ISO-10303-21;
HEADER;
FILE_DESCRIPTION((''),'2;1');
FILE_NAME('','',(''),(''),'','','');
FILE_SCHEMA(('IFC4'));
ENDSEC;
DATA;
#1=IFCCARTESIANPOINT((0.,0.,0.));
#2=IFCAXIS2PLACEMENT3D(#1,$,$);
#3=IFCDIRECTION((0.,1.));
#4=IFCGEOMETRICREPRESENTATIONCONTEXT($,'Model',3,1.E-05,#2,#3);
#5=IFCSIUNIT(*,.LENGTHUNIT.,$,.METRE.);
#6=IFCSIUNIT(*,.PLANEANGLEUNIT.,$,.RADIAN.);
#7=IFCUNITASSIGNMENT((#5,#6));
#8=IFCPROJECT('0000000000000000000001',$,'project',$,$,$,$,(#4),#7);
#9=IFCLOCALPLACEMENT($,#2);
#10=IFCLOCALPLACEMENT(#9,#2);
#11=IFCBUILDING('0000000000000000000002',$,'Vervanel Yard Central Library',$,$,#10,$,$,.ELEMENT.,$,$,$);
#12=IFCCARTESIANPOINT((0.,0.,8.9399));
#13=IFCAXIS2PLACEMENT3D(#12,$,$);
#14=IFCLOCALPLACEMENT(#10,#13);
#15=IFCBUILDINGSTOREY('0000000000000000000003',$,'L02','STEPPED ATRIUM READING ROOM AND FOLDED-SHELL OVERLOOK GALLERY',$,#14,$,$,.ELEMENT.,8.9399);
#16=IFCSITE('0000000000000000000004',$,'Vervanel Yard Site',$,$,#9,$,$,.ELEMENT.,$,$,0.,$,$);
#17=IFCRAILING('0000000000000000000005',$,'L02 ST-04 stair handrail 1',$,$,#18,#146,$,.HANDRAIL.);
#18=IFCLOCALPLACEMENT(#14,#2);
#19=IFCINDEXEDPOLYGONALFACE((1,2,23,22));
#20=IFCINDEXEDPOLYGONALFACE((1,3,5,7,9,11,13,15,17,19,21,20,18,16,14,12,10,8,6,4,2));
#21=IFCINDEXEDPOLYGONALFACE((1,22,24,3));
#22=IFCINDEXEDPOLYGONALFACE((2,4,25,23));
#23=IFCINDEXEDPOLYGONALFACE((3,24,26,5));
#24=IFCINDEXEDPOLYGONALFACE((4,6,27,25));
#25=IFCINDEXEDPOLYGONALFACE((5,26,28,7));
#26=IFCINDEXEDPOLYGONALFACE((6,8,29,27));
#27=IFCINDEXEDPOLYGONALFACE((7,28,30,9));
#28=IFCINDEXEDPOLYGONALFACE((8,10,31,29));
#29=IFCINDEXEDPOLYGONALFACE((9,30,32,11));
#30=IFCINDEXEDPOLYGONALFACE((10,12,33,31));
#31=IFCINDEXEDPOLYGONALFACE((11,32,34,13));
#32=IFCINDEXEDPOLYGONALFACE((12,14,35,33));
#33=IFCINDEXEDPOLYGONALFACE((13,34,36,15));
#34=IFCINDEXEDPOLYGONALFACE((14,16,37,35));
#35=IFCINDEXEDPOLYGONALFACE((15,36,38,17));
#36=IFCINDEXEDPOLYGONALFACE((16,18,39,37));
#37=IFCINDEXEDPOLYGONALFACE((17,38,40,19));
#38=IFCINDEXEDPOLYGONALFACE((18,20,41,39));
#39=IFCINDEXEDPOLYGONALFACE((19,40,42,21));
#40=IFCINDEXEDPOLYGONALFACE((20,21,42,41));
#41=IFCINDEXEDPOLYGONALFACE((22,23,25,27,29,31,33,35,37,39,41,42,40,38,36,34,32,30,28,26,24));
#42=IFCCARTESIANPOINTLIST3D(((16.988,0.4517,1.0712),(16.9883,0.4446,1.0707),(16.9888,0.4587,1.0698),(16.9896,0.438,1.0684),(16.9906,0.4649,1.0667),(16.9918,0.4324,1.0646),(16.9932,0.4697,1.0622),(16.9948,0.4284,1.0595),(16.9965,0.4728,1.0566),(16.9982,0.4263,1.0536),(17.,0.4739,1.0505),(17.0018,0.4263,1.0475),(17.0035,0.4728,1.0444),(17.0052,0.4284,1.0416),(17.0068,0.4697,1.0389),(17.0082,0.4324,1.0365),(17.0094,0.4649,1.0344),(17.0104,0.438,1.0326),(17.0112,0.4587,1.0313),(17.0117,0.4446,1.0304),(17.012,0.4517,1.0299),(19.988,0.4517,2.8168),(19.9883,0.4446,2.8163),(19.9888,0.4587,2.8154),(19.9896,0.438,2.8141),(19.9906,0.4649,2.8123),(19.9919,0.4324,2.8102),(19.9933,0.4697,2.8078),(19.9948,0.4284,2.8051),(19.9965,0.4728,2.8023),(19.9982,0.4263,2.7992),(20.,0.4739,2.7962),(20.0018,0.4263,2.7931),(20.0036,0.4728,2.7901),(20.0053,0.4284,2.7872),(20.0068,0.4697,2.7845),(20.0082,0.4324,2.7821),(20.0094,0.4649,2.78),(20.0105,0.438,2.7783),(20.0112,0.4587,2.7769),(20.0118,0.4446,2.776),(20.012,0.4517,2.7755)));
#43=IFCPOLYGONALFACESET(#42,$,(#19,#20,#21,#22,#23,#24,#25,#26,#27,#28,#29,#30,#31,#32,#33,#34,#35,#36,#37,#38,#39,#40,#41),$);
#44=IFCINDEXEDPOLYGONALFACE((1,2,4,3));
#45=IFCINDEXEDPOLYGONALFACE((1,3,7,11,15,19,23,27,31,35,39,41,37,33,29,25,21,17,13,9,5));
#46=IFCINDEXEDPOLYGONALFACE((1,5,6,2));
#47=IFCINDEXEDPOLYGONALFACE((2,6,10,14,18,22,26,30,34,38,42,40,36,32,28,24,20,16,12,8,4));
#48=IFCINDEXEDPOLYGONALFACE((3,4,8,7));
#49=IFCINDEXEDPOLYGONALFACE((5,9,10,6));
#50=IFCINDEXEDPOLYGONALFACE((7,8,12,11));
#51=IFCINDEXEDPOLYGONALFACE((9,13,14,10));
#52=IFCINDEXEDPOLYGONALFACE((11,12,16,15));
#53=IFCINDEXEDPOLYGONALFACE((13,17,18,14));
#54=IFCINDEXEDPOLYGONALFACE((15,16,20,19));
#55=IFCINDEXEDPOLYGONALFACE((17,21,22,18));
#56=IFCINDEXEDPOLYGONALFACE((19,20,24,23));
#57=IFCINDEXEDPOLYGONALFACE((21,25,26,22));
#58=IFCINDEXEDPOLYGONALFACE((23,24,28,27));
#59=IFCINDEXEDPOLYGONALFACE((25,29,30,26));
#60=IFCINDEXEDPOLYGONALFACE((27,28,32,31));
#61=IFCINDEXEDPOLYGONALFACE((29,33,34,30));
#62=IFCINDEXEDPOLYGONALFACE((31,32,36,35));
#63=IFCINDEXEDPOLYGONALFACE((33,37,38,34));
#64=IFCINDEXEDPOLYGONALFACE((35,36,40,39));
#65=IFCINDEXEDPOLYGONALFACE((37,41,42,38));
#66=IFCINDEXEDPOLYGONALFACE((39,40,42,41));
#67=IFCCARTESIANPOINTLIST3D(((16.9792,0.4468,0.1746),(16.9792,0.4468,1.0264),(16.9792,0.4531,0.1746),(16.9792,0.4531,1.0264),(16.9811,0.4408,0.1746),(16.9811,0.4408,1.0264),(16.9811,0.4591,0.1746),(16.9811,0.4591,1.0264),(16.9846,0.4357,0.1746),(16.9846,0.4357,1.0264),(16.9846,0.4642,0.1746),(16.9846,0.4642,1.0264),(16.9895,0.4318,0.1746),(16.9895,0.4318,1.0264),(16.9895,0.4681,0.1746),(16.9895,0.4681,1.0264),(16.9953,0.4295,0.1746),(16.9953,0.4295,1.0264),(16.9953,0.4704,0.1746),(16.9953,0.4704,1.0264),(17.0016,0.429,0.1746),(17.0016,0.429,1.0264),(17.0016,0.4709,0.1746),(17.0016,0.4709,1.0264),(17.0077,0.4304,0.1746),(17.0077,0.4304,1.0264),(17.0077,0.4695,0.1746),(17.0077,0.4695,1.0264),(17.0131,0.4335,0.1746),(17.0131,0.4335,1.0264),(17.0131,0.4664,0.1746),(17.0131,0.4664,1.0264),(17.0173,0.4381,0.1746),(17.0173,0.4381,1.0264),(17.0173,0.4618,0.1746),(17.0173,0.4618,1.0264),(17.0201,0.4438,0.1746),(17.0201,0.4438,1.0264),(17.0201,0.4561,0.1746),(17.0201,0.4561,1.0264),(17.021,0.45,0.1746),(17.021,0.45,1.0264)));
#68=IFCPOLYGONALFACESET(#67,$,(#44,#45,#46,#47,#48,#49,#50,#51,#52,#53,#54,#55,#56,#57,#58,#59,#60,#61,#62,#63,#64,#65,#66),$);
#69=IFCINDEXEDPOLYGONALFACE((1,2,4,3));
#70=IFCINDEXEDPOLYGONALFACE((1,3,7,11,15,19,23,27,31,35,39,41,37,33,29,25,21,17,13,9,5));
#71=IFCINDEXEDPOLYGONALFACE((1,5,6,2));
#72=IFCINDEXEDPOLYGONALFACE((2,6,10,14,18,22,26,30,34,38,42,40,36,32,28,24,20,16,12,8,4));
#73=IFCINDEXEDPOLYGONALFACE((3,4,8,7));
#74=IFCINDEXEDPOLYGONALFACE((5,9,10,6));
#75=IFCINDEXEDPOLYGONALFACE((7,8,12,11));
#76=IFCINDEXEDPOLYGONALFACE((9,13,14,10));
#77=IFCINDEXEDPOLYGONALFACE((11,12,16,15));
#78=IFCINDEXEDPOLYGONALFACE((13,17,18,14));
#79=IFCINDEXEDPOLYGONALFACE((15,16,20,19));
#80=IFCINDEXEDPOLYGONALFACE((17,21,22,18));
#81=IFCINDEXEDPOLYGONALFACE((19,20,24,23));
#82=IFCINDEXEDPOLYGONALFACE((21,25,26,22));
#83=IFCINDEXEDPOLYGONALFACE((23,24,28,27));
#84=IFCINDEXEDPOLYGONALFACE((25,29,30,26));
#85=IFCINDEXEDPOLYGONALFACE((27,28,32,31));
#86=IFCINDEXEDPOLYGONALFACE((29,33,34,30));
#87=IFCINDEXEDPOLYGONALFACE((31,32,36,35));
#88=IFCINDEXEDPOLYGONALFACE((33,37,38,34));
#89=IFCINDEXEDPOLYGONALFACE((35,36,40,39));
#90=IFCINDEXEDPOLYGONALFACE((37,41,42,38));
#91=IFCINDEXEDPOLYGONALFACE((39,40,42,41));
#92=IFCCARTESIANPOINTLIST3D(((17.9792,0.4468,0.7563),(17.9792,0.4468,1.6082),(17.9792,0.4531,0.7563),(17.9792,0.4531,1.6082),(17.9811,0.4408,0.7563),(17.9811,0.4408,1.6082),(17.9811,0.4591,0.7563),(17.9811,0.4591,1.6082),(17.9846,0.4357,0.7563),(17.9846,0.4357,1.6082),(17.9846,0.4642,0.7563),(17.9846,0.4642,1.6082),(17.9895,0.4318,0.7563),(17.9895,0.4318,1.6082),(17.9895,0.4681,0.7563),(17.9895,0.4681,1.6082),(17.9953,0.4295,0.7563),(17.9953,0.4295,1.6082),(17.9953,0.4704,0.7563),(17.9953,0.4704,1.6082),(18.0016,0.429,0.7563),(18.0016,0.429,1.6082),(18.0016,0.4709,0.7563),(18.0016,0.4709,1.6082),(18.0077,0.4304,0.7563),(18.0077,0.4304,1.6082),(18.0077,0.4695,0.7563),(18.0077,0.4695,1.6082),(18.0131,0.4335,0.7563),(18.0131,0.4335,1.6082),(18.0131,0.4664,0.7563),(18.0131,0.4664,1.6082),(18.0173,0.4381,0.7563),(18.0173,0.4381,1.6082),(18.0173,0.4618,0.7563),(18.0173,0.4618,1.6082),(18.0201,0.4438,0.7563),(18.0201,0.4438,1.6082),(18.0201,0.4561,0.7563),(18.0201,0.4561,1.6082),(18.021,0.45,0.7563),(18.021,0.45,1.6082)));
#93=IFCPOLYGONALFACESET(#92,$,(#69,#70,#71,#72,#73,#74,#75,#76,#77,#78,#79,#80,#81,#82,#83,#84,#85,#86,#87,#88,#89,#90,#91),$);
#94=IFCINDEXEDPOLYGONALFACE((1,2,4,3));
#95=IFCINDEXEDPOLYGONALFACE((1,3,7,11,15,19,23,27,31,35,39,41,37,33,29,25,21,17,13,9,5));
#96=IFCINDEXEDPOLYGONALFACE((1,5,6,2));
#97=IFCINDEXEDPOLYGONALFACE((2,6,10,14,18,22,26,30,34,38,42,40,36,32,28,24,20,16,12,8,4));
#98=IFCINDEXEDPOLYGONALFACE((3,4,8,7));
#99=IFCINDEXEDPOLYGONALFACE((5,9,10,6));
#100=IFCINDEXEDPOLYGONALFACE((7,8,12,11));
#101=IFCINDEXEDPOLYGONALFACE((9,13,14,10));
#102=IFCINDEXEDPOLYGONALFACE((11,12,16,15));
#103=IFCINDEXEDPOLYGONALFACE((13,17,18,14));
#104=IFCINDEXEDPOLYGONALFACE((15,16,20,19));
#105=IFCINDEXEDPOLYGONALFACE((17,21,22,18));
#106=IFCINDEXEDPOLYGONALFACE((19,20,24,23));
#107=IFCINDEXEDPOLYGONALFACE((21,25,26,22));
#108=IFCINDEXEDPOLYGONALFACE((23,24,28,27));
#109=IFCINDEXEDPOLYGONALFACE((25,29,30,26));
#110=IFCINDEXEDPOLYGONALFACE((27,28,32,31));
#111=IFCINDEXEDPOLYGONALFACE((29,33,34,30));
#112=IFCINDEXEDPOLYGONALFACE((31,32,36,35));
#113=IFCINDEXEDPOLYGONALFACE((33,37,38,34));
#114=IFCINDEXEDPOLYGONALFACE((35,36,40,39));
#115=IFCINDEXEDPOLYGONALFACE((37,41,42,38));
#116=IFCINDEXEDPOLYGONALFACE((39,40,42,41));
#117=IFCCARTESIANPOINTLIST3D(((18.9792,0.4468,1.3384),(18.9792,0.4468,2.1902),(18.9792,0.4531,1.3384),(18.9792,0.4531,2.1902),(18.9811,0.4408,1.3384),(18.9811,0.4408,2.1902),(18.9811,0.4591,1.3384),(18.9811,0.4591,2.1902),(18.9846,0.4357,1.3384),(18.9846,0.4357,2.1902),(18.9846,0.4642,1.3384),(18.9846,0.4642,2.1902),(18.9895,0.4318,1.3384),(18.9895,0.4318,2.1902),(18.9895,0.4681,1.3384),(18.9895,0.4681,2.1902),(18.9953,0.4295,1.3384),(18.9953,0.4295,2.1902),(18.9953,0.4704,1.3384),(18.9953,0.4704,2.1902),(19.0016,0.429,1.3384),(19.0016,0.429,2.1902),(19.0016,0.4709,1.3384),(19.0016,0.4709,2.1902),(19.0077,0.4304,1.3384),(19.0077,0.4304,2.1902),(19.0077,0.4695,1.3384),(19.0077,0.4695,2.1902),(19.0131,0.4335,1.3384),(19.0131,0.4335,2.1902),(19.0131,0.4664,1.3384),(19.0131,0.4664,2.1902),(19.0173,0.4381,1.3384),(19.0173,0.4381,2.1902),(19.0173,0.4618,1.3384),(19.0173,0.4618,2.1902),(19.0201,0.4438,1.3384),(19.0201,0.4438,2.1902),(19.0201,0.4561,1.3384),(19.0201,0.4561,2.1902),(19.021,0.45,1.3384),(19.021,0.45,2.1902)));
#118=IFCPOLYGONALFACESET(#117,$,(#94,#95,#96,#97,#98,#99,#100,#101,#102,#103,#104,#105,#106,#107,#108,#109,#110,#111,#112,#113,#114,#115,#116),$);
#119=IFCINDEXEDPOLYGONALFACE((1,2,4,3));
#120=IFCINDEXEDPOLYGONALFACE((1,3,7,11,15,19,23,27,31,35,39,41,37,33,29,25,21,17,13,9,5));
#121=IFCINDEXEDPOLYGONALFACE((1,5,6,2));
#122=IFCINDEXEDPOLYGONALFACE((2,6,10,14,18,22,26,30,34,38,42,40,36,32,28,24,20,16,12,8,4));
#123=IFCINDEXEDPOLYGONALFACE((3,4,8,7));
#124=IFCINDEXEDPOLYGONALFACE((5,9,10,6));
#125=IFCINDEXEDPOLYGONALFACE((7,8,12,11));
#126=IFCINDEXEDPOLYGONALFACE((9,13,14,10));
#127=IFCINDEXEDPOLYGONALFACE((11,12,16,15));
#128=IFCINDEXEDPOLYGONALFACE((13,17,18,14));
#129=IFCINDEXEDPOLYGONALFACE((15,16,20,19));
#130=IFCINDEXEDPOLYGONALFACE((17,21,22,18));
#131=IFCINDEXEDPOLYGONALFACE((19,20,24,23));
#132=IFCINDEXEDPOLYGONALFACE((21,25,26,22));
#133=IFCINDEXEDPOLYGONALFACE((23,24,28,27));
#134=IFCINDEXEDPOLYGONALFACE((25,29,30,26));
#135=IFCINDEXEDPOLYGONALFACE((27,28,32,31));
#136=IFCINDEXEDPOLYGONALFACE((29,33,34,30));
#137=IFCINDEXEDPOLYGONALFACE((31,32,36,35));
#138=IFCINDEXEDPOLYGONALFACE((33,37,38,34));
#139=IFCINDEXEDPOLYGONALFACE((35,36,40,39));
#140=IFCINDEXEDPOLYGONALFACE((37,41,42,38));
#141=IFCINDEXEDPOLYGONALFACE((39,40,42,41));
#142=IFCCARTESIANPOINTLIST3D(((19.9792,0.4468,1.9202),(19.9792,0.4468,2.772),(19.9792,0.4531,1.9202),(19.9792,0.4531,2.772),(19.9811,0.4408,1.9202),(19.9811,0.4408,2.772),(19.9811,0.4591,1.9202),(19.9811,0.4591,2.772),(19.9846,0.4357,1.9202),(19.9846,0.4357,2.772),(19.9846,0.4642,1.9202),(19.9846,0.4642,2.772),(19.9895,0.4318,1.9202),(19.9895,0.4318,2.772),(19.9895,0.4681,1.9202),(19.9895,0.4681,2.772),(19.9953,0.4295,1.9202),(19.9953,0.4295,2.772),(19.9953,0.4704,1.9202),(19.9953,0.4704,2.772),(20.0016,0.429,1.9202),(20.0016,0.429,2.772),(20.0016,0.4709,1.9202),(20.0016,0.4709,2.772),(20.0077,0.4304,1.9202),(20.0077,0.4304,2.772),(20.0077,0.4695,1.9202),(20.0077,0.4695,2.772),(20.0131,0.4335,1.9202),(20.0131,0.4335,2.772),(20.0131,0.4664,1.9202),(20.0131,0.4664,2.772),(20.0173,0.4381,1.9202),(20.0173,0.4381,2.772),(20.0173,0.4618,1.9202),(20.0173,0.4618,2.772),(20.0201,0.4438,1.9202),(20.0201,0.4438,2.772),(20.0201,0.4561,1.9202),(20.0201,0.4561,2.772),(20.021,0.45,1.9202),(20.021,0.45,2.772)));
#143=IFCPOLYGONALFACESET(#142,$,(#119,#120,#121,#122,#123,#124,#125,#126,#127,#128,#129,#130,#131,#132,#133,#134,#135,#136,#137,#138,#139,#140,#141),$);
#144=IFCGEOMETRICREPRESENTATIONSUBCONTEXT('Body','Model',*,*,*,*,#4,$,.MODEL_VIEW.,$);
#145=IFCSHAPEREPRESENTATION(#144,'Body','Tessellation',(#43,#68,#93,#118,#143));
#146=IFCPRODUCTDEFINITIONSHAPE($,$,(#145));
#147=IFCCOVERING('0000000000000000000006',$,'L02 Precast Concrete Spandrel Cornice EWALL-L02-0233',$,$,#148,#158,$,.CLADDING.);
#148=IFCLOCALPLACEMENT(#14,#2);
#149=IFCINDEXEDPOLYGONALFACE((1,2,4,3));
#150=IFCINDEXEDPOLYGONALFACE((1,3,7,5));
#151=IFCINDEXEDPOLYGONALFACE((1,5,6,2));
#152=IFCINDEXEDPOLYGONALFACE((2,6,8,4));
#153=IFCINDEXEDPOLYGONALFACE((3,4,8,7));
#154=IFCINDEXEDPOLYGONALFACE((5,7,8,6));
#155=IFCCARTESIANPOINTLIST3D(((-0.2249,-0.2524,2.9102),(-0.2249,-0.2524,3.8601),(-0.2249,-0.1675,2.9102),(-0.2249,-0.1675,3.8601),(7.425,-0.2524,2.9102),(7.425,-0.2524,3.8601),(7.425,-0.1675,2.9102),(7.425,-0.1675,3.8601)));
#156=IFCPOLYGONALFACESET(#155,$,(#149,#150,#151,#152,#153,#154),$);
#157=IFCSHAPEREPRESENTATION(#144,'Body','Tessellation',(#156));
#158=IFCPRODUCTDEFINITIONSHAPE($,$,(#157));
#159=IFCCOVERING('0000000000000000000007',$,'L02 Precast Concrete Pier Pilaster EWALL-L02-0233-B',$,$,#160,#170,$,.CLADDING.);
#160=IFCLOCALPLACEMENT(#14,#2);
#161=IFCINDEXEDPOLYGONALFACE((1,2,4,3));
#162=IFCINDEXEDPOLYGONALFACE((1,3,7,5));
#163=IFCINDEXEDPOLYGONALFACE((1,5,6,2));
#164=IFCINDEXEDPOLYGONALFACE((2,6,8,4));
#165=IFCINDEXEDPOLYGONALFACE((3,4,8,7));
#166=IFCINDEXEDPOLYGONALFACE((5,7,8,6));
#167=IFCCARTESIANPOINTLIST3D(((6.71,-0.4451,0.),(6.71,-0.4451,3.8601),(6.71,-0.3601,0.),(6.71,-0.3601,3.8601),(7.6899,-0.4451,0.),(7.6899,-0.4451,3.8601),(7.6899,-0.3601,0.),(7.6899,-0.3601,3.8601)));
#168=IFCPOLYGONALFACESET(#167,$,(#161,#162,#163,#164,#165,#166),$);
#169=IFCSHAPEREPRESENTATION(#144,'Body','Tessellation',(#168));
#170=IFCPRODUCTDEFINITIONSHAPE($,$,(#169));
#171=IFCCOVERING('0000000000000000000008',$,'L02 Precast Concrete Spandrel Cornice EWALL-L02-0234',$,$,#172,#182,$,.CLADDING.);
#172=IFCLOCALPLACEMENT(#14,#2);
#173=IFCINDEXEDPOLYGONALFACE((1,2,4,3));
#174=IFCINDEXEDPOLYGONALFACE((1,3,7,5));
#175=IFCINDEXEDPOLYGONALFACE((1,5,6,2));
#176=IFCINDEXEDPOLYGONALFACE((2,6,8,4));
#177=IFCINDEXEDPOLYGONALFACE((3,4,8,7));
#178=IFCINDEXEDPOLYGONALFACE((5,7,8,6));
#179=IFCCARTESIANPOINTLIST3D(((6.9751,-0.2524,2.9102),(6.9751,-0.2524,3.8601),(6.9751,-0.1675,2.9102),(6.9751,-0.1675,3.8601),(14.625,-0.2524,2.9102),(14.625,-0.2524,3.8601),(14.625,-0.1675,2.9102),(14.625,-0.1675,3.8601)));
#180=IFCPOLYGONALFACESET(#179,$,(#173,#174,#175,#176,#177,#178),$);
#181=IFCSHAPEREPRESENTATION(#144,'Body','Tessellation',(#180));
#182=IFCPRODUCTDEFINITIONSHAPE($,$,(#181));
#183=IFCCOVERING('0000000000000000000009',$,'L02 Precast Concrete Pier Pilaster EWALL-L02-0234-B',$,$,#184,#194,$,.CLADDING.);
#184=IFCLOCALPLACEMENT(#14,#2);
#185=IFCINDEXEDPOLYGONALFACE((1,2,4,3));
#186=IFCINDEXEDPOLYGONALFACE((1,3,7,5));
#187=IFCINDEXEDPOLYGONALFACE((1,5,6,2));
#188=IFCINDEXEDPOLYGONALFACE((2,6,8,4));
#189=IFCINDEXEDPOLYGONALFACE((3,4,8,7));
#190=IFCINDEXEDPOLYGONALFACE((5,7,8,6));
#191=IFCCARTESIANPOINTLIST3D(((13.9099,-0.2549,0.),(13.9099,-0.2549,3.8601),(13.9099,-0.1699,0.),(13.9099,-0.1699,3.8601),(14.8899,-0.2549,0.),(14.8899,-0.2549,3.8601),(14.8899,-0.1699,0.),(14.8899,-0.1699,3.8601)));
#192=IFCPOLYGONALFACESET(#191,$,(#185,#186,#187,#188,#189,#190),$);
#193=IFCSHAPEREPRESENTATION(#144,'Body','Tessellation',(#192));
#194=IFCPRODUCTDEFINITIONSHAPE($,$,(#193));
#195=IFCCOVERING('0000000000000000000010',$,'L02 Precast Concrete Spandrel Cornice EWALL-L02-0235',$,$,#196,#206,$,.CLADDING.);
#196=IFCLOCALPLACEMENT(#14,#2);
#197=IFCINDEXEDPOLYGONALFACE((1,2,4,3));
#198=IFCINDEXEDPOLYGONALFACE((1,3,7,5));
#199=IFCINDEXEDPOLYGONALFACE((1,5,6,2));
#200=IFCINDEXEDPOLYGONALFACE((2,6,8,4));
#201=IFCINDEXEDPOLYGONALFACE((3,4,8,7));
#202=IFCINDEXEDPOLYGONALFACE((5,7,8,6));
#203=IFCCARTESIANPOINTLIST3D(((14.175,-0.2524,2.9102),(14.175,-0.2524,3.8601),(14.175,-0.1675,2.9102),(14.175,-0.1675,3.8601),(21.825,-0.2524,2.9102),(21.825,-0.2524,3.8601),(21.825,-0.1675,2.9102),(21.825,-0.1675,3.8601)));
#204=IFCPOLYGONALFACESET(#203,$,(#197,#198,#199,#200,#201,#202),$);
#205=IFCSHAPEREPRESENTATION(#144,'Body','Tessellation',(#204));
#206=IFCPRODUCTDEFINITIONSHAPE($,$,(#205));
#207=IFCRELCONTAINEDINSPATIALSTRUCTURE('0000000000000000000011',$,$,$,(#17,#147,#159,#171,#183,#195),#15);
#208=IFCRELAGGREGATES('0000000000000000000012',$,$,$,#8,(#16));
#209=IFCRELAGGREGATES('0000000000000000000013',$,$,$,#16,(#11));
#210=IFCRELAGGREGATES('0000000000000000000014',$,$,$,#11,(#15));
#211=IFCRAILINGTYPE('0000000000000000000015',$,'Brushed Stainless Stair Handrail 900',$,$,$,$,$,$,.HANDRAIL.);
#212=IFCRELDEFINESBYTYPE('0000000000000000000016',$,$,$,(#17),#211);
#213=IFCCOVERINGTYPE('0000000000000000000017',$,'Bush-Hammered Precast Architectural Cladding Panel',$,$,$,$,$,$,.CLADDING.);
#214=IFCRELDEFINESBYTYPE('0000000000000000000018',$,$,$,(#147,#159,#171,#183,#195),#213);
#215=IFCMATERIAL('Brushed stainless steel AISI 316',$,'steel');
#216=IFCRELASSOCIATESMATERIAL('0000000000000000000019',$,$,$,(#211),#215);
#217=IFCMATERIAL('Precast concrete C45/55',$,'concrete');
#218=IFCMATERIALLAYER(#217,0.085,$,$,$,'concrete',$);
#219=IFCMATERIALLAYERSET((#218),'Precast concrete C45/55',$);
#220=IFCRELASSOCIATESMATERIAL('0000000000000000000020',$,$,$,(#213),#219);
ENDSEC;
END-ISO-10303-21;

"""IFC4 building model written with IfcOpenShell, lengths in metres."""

from ifc_helpers import new_model, si_unit, direction, frame, origin, origin_2d, place, context, subcontext, project, spatial, rectangle, circle, extrude, material, layer, layer_set, type_object, element, save


model = new_model("IFC4")

# Units and contexts
model_context = context("Model", 3, precision=1e-05, world=origin(), true_north=direction((0.0, 1.0)))
body_context = subcontext(model_context, "Body", "Model", "MODEL_VIEW")
ifc_project = project(units=[si_unit("LENGTHUNIT", "METRE"), si_unit("PLANEANGLEUNIT", "RADIAN")], contexts=[model_context])

# Site, building, storey
site_placement = place(None, origin())
site = spatial("IfcSite", under=ifc_project, at=site_placement, Name="Vervanel Yard Site", CompositionType="ELEMENT", RefElevation=0.0)
building_placement = place(site_placement, origin())
building = spatial("IfcBuilding", under=site, at=building_placement, Name="Vervanel Yard Central Library", CompositionType="ELEMENT")
storey_placement = place(building_placement, frame((0.0, 0.0, 8.9399)))
storey = spatial("IfcBuildingStorey", under=building, at=storey_placement, Name="L02", Description="STEPPED ATRIUM READING ROOM AND FOLDED-SHELL OVERLOOK GALLERY", CompositionType="ELEMENT", Elevation=8.9399)

# Railing
ifc_material_1 = material(Name="Brushed stainless steel AISI 316", Category="steel")
railing_type_1 = type_object("IfcRailingType", Name="Brushed Stainless Stair Handrail 900", PredefinedType="HANDRAIL", material=ifc_material_1)
railing_1_placement = place(storey_placement, frame((17.0, 0.45, 0.1746)))
element("IfcRailing", 1, at=railing_1_placement, inside=storey, type_object=railing_type_1, Name="L02 ST-04 stair handrail 1", PredefinedType="HANDRAIL", context=body_context, shape_type="SweptSolid", body=[
    extrude(circle(Radius=0.0239, at=origin_2d()), frame((0.0, 0.0, 0.876), z_axis=(0.864329, 0.0, 0.502926), x_axis=(0.0, 1.0, 0.0)), (0.0, 0.0, 1.0), 3.4709),
    extrude(circle(Radius=0.021, at=origin_2d()), origin(), (0.0, 0.0, 1.0), 0.8518),
    extrude(circle(Radius=0.021, at=origin_2d()), frame((1.0, 0.0, 0.5818)), (0.0, 0.0, 1.0), 0.8518),
    extrude(circle(Radius=0.021, at=origin_2d()), frame((2.0, 0.0, 1.1638)), (0.0, 0.0, 1.0), 0.8518),
    extrude(circle(Radius=0.021, at=origin_2d()), frame((3.0, 0.0, 1.7456)), (0.0, 0.0, 1.0), 0.8518),
])

# Coverings
ifc_material_2 = material(Name="Precast concrete C45/55", Category="concrete")
ifc_layer_1 = layer(ifc_material_2, 0.085, Category="concrete")
ifc_layer_set_1 = layer_set([ifc_layer_1], Name="Precast concrete C45/55")
covering_type_1 = type_object("IfcCoveringType", Name="Bush-Hammered Precast Architectural Cladding Panel", PredefinedType="CLADDING", material=ifc_layer_set_1)
covering_1_placement = place(storey_placement, frame((3.6001, -0.21, 2.9102), z_axis=(0.0, 0.0, 1.0), x_axis=(1.0, 0.0, 0.0)))
element("IfcCovering", 2, at=covering_1_placement, inside=storey, type_object=covering_type_1, Name="L02 Precast Concrete Spandrel Cornice EWALL-L02-0233", PredefinedType="CLADDING", context=body_context, shape_type="SweptSolid", body=[
    extrude(rectangle(XDim=7.6499, YDim=0.085, at=origin_2d()), origin(), (0.0, 0.0, 1.0), 0.95),
])
covering_2_placement = place(storey_placement, frame((7.2, -0.4026, 0.0), z_axis=(0.0, 0.0, 1.0), x_axis=(1.0, 0.0, 0.0)))
element("IfcCovering", 3, at=covering_2_placement, inside=storey, type_object=covering_type_1, Name="L02 Precast Concrete Pier Pilaster EWALL-L02-0233-B", PredefinedType="CLADDING", context=body_context, shape_type="SweptSolid", body=[
    extrude(rectangle(XDim=0.98, YDim=0.085, at=origin_2d()), origin(), (0.0, 0.0, 1.0), 3.8601),
])
covering_3_placement = place(storey_placement, frame((10.8, -0.21, 2.9102), z_axis=(0.0, 0.0, 1.0), x_axis=(1.0, 0.0, 0.0)))
element("IfcCovering", 4, at=covering_3_placement, inside=storey, type_object=covering_type_1, Name="L02 Precast Concrete Spandrel Cornice EWALL-L02-0234", PredefinedType="CLADDING", context=body_context, shape_type="SweptSolid", body=[
    extrude(rectangle(XDim=7.6499, YDim=0.085, at=origin_2d()), origin(), (0.0, 0.0, 1.0), 0.95),
])
covering_4_placement = place(storey_placement, frame((14.3999, -0.2124, 0.0), z_axis=(0.0, 0.0, 1.0), x_axis=(1.0, 0.0, 0.0)))
element("IfcCovering", 5, at=covering_4_placement, inside=storey, type_object=covering_type_1, Name="L02 Precast Concrete Pier Pilaster EWALL-L02-0234-B", PredefinedType="CLADDING", context=body_context, shape_type="SweptSolid", body=[
    extrude(rectangle(XDim=0.98, YDim=0.085, at=origin_2d()), origin(), (0.0, 0.0, 1.0), 3.8601),
])
covering_5_placement = place(storey_placement, frame((18.0, -0.21, 2.9102), z_axis=(0.0, 0.0, 1.0), x_axis=(1.0, 0.0, 0.0)))
element("IfcCovering", 6, at=covering_5_placement, inside=storey, type_object=covering_type_1, Name="L02 Precast Concrete Spandrel Cornice EWALL-L02-0235", PredefinedType="CLADDING", context=body_context, shape_type="SweptSolid", body=[
    extrude(rectangle(XDim=7.6499, YDim=0.085, at=origin_2d()), origin(), (0.0, 0.0, 1.0), 0.95),
])

save(model, "model.ifc")
